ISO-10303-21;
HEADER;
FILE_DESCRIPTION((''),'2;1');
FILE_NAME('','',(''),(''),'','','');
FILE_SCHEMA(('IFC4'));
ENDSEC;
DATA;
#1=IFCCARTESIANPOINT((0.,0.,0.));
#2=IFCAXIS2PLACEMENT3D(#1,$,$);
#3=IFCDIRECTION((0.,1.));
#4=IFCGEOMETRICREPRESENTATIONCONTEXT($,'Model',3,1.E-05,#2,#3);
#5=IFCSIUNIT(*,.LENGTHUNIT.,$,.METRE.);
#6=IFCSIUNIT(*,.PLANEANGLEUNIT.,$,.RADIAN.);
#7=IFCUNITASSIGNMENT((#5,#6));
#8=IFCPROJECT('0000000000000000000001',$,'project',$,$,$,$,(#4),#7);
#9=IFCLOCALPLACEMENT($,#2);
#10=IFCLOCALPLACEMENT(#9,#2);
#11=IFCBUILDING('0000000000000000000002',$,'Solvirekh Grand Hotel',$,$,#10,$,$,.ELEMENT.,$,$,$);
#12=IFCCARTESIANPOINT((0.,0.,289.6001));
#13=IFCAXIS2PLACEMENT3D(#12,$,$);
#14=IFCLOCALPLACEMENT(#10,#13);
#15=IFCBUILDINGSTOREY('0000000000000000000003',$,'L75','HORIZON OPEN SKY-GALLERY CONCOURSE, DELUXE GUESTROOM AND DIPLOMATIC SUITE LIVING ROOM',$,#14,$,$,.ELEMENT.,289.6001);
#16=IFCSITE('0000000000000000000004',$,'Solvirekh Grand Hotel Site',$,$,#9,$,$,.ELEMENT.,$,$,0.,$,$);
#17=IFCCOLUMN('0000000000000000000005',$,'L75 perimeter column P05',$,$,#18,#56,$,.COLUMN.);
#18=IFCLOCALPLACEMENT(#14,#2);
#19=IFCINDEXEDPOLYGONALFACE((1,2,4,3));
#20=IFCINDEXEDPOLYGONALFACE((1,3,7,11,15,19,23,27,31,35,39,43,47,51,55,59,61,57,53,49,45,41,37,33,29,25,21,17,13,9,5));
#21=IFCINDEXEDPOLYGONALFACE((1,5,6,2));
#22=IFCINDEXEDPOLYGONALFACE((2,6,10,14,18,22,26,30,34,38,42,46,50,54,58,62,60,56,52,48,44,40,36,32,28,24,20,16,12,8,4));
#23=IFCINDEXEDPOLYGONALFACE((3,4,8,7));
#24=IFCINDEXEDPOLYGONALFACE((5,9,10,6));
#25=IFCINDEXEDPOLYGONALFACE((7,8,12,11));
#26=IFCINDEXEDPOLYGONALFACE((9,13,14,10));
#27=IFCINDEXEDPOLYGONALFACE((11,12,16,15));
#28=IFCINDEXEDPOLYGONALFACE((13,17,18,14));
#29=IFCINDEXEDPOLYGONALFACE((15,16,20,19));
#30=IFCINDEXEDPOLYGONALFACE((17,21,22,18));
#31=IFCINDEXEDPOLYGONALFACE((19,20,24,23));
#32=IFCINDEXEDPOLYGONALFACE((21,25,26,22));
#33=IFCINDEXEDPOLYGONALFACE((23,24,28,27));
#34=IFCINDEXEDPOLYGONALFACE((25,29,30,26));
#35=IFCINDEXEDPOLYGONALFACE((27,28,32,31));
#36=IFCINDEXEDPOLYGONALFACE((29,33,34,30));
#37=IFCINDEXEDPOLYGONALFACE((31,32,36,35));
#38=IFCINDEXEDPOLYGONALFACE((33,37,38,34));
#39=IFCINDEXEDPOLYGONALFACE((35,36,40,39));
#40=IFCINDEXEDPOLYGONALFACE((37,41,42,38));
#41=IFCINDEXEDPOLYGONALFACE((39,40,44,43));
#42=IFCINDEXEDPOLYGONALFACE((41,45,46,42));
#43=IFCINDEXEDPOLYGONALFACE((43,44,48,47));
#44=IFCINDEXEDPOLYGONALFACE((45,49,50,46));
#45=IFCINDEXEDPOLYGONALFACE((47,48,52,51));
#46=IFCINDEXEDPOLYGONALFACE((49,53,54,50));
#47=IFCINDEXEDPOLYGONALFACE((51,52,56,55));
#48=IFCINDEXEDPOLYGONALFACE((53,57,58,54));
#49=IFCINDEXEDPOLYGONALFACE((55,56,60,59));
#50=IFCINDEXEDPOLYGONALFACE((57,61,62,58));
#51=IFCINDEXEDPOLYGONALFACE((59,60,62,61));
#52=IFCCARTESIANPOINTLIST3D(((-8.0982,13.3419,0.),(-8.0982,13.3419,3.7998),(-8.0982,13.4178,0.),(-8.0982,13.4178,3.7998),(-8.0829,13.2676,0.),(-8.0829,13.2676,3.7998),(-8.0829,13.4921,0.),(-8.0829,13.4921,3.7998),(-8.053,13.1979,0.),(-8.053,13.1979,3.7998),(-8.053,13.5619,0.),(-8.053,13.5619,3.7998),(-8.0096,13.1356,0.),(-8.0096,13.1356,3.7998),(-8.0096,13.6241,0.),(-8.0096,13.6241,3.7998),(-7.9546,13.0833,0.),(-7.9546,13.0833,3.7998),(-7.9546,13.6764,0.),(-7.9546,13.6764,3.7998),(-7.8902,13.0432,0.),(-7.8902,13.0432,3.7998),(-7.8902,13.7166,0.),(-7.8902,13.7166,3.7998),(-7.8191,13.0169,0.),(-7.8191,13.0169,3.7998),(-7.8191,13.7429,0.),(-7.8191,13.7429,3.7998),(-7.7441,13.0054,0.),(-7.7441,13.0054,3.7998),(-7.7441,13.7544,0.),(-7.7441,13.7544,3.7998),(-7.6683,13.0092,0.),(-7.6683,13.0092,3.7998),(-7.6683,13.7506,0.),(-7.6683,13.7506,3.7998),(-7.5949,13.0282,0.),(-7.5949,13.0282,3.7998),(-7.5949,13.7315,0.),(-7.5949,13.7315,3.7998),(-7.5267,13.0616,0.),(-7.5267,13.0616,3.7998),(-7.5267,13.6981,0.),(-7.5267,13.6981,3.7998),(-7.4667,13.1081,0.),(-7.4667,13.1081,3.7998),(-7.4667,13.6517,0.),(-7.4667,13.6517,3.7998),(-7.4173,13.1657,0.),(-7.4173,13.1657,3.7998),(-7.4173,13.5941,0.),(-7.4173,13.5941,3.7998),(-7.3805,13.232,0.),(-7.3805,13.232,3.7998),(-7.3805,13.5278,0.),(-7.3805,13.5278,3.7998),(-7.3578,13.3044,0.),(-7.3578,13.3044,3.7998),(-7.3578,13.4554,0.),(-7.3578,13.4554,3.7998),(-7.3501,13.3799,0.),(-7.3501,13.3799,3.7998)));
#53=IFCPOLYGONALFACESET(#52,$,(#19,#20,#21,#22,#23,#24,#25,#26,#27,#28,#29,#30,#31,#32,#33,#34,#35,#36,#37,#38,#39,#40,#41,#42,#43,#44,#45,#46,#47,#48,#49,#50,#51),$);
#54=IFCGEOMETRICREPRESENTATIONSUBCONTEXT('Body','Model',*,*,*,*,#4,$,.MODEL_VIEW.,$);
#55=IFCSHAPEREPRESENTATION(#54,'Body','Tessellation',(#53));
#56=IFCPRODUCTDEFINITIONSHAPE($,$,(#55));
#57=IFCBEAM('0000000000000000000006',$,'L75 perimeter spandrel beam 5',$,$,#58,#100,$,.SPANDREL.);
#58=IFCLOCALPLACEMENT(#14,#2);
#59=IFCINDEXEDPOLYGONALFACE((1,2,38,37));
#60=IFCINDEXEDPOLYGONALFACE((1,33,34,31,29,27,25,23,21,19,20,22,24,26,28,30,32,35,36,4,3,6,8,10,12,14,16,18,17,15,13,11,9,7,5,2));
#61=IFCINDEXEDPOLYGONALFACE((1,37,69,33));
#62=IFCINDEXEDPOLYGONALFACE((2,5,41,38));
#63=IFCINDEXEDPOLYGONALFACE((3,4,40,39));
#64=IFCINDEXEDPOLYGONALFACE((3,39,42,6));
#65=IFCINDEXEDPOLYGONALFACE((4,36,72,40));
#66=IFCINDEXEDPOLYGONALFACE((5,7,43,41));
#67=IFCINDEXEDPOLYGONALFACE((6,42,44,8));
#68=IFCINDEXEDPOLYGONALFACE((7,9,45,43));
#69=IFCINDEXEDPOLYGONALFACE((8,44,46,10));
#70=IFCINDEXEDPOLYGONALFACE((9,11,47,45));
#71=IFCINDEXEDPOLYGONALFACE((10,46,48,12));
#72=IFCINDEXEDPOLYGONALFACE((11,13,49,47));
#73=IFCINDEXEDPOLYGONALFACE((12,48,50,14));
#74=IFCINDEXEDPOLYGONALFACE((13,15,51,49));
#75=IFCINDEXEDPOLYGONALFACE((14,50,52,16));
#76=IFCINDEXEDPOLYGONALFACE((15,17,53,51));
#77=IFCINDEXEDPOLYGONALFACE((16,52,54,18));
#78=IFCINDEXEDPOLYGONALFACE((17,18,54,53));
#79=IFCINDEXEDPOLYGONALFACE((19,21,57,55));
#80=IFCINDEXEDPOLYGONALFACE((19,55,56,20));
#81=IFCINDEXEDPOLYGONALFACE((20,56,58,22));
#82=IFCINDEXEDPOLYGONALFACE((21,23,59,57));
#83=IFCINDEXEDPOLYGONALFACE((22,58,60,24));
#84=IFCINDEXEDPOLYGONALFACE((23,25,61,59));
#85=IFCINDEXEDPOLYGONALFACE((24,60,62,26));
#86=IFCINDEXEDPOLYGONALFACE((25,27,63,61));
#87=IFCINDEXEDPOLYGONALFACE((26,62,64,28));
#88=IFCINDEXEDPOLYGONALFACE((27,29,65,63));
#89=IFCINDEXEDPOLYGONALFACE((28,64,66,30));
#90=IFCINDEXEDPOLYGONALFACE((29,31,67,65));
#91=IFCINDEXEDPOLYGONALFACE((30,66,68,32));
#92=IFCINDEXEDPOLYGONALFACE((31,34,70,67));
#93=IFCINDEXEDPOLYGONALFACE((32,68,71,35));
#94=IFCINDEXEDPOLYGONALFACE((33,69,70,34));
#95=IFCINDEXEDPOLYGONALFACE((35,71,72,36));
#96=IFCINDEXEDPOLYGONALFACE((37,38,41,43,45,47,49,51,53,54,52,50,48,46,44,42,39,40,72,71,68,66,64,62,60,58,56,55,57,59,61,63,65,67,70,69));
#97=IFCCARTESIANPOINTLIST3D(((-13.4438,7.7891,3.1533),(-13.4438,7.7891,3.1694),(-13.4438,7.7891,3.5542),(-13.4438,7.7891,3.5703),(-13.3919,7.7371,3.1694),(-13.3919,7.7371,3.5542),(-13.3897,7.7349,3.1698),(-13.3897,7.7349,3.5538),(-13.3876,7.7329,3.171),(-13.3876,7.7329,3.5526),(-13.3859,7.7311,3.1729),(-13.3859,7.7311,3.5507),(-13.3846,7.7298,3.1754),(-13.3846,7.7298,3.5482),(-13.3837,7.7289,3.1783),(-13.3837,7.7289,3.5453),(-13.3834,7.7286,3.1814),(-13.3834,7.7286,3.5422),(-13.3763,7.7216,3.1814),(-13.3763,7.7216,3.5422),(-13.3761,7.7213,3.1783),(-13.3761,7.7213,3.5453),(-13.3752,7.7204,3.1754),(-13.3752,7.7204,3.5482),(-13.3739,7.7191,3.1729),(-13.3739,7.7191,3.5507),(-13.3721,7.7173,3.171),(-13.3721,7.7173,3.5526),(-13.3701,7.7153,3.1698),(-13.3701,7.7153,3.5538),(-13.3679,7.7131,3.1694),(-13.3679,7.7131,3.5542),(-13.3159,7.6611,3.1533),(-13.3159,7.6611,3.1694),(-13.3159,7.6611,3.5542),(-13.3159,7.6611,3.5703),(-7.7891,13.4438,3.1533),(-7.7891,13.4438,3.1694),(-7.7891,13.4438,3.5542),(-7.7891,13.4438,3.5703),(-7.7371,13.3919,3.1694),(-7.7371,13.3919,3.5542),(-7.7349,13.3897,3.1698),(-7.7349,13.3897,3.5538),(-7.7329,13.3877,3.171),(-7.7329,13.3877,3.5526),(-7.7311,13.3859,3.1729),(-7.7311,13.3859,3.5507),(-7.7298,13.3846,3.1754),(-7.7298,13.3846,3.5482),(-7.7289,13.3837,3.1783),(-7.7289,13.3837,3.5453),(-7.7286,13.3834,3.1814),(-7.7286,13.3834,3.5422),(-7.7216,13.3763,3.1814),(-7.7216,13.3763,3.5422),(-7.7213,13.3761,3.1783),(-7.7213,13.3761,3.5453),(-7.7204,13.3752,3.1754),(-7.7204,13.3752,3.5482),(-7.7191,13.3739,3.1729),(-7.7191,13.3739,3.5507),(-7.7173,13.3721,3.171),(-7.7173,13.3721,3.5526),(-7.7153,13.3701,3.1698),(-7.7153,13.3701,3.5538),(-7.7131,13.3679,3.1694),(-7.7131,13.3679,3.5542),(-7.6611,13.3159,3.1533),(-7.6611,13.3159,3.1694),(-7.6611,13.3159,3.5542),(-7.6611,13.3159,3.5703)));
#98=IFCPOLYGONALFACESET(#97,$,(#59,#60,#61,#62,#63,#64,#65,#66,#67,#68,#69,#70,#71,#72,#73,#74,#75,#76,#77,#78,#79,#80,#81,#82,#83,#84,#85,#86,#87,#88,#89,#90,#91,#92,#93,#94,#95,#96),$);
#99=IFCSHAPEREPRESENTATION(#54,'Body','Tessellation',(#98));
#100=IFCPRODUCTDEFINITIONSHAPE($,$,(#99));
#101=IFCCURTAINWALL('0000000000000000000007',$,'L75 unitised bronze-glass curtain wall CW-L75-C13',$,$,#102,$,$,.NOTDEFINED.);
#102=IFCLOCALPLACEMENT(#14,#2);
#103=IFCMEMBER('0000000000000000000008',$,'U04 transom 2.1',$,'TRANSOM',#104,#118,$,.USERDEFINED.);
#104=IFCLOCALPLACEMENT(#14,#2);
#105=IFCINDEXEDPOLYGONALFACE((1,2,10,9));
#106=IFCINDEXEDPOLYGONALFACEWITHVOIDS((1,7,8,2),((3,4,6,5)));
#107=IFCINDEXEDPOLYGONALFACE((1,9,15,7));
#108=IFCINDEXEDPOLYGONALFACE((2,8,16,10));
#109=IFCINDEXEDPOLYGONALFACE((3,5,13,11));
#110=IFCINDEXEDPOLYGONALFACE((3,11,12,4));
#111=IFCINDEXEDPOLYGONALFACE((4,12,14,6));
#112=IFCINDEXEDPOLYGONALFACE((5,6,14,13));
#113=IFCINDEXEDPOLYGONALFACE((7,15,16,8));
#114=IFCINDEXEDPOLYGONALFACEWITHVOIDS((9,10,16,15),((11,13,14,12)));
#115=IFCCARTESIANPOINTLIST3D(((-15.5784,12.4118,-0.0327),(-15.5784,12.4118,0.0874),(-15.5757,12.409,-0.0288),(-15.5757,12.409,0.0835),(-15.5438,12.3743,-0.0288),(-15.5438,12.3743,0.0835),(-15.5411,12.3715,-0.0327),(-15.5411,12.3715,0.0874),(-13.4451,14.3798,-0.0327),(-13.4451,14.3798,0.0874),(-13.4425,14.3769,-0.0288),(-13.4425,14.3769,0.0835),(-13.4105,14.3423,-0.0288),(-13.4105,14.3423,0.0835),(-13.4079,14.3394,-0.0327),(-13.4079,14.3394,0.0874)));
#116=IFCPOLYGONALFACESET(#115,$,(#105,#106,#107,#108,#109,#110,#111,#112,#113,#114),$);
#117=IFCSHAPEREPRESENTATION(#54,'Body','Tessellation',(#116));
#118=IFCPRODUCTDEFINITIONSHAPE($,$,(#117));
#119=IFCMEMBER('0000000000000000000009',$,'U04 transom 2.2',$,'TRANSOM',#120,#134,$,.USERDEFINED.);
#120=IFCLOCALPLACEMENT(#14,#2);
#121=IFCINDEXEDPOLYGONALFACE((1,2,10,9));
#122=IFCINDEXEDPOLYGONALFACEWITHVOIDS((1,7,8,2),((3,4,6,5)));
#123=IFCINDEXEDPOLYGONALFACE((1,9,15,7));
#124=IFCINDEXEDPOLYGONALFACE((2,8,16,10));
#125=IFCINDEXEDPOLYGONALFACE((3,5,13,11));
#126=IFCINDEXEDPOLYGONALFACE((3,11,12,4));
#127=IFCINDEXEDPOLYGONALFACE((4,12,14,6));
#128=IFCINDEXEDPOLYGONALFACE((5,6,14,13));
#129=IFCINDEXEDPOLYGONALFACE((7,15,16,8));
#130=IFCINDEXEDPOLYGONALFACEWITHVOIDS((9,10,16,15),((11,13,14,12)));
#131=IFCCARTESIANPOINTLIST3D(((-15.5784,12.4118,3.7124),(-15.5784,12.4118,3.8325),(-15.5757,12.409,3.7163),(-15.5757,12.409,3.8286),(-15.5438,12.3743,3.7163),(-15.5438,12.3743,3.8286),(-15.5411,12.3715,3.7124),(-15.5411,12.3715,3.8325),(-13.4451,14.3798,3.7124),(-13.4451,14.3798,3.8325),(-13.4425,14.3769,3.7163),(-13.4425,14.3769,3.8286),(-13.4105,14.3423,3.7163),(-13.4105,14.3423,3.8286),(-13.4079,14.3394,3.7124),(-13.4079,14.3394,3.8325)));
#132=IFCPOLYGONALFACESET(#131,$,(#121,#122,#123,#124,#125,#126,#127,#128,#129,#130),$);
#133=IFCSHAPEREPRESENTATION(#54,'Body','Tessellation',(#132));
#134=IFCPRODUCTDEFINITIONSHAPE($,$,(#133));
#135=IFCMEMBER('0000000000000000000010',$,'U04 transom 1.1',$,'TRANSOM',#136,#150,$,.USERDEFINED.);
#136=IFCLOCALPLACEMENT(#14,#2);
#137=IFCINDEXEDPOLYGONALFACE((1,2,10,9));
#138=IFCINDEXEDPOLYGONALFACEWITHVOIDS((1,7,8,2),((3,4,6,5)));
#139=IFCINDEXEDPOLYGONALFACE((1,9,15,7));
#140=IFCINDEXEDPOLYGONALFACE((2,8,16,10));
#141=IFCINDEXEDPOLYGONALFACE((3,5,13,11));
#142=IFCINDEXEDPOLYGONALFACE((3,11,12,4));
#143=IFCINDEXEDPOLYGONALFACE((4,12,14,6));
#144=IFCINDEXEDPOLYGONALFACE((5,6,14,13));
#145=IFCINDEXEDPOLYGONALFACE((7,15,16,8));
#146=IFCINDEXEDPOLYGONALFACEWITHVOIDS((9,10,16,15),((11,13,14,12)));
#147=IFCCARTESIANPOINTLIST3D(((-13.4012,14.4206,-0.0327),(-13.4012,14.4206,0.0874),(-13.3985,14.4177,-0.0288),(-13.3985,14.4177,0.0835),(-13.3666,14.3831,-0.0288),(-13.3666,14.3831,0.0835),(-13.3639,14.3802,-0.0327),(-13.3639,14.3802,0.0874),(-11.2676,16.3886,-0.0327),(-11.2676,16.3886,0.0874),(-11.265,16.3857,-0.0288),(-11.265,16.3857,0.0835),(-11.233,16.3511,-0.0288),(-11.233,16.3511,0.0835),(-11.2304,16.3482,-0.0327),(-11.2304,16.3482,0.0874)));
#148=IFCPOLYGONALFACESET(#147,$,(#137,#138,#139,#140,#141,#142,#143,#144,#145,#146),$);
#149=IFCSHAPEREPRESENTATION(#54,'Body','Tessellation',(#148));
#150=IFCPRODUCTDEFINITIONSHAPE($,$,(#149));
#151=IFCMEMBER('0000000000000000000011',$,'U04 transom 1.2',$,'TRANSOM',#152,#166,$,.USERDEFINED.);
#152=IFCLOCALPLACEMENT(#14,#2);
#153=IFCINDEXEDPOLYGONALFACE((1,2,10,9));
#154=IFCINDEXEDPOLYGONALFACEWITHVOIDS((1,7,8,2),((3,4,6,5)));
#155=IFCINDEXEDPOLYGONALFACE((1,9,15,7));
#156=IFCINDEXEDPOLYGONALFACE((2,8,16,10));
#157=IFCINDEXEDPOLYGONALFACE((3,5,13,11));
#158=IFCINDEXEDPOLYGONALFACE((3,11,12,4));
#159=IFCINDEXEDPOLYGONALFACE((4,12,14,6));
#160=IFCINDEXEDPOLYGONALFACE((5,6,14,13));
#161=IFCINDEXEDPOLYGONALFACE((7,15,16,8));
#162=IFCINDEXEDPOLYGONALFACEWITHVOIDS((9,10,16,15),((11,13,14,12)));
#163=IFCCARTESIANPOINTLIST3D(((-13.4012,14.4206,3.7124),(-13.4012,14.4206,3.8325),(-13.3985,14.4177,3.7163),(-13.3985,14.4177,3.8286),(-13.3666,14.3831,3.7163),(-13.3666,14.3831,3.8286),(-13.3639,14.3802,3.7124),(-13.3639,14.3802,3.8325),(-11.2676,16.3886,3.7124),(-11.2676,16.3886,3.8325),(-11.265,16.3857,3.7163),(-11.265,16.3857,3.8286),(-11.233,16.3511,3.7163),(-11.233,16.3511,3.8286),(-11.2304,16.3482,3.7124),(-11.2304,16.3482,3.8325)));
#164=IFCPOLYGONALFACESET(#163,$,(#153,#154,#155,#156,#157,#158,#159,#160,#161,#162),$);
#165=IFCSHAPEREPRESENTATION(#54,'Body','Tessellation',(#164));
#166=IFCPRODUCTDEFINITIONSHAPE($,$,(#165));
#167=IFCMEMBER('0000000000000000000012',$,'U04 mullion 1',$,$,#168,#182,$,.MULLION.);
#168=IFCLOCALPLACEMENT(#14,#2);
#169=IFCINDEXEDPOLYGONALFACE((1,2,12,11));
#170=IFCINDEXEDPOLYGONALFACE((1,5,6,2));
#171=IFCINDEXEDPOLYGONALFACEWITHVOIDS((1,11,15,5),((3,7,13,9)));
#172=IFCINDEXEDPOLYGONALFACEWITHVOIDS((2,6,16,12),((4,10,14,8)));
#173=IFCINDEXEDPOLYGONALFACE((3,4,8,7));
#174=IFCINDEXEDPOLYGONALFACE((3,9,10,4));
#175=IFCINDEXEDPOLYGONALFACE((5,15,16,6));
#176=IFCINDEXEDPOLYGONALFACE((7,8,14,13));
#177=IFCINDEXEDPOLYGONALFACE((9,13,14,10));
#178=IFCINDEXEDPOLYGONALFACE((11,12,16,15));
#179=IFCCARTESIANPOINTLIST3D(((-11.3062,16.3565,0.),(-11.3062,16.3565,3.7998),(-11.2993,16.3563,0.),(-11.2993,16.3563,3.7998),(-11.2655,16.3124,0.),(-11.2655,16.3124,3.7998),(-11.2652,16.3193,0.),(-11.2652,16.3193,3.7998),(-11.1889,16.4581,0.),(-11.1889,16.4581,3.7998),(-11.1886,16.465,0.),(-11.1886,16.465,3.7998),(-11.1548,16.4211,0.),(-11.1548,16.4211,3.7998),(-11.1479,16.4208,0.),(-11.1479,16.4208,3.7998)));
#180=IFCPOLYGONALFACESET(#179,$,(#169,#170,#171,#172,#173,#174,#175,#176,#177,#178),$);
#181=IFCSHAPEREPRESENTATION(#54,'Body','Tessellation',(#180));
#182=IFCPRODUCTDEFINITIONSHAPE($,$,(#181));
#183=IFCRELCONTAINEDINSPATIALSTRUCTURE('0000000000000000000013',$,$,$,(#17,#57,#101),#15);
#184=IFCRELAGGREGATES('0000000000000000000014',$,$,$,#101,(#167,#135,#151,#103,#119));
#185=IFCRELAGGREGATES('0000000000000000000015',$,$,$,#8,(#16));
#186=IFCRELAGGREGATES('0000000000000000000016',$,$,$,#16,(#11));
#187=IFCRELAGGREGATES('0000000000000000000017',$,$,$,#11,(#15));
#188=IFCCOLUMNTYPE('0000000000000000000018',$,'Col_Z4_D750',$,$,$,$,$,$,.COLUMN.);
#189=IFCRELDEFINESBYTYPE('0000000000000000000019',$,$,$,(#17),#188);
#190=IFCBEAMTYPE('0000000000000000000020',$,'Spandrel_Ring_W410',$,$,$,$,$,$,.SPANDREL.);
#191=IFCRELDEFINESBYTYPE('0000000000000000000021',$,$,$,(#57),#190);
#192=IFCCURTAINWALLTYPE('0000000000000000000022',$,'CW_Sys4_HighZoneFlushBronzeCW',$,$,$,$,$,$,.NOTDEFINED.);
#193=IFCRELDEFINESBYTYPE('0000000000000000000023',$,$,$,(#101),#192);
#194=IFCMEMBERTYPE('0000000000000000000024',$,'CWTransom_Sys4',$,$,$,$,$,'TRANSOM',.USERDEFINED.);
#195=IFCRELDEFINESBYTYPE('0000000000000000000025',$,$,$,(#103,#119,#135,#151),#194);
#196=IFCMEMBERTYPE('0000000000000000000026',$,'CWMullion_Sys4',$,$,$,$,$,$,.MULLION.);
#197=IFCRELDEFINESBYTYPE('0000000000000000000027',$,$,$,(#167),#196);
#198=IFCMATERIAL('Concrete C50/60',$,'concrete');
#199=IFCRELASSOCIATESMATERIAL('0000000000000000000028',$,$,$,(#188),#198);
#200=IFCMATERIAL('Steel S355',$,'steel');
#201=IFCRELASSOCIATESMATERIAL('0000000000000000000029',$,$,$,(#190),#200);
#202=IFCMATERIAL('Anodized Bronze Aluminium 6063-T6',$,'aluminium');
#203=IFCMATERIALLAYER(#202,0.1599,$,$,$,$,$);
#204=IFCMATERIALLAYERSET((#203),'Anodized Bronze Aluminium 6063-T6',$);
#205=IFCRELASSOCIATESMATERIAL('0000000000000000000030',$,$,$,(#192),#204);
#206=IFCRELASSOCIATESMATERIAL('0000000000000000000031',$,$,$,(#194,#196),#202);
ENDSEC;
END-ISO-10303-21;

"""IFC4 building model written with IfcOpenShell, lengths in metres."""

from ifc_helpers import new_model, si_unit, direction, frame, origin, origin_2d, place, context, subcontext, project, spatial, hollow_rectangle, circle, i_section, extrude, source, transform, mapped, material, layer, layer_set, material_profile, profile_set, type_object, element, aggregate, save


model = new_model("IFC4")

# Units and contexts
model_context = context("Model", 3, precision=1e-05, world=origin(), true_north=direction((0.0, 1.0)))
body_context = subcontext(model_context, "Body", "Model", "MODEL_VIEW")
ifc_project = project(units=[si_unit("LENGTHUNIT", "METRE"), si_unit("PLANEANGLEUNIT", "RADIAN")], contexts=[model_context])

# Site, building, storey
site_placement = place(None, origin())
site = spatial("IfcSite", under=ifc_project, at=site_placement, Name="Solvirekh Grand Hotel Site", CompositionType="ELEMENT", RefElevation=0.0)
building_placement = place(site_placement, origin())
building = spatial("IfcBuilding", under=site, at=building_placement, Name="Solvirekh Grand Hotel", CompositionType="ELEMENT")
storey_placement = place(building_placement, frame((0.0, 0.0, 289.6001)))
storey = spatial("IfcBuildingStorey", under=building, at=storey_placement, Name="L75", Description="HORIZON OPEN SKY-GALLERY CONCOURSE, DELUXE GUESTROOM AND DIPLOMATIC SUITE LIVING ROOM", CompositionType="ELEMENT", Elevation=289.6001)

# Column
ifc_material_1 = material(Name="Concrete C50/60", Category="concrete")
ifc_material_profile_1 = material_profile(ifc_material_1, circle(Radius=0.375, at=origin_2d()), Name="RC CIRC D750")
ifc_profile_set_1 = profile_set([ifc_material_profile_1], Name="Concrete C50/60")
column_type = type_object("IfcColumnType", Name="Col_Z4_D750", PredefinedType="COLUMN", material=ifc_profile_set_1)
column_placement = place(storey_placement, frame((-7.7251, 13.3799, 0.0), z_axis=(0.0, 0.0, 1.0), x_axis=(1.0, 0.0, 0.0)))
element("IfcColumn", 1, at=column_placement, inside=storey, type_object=column_type, Name="L75 perimeter column P05", PredefinedType="COLUMN", context=body_context, shape_type="SweptSolid", body=[
    extrude(circle(Radius=0.375, at=origin_2d()), origin(), (0.0, 0.0, 1.0), 3.7998),
])

# Beam
ifc_material_2 = material(Name="Steel S355", Category="steel")
ifc_material_profile_2 = material_profile(ifc_material_2, i_section(OverallWidth=0.1809, OverallDepth=0.417, WebThickness=0.01, FlangeThickness=0.0161, FilletRadius=0.012, at=origin_2d()), Name="W410X85")
ifc_profile_set_2 = profile_set([ifc_material_profile_2], Name="Steel S355")
beam_type = type_object("IfcBeamType", Name="Spandrel_Ring_W410", PredefinedType="SPANDREL", material=ifc_profile_set_2)
beam_placement = place(storey_placement, frame((-7.7251, 13.3799, 3.3618), z_axis=(-0.707107, -0.707107, 0.0), x_axis=(0.707107, -0.707107, 0.0)))
element("IfcBeam", 2, at=beam_placement, inside=storey, type_object=beam_type, Name="L75 perimeter spandrel beam 5", PredefinedType="SPANDREL", context=body_context, shape_type="SweptSolid", body=[
    extrude(i_section(OverallWidth=0.1809, OverallDepth=0.417, WebThickness=0.01, FlangeThickness=0.0161, FilletRadius=0.012, at=origin_2d()), origin(), (0.0, 0.0, 1.0), 7.9971),
])

# Curtain wall, members
ifc_material_3 = material(Name="Anodized Bronze Aluminium 6063-T6", Category="aluminium")
ifc_layer_1 = layer(ifc_material_3, 0.1599)
ifc_layer_set_1 = layer_set([ifc_layer_1], Name="Anodized Bronze Aluminium 6063-T6")
curtain_wall_type = type_object("IfcCurtainWallType", Name="CW_Sys4_HighZoneFlushBronzeCW", PredefinedType="NOTDEFINED", material=ifc_layer_set_1)
curtain_wall_placement = place(storey_placement, origin())
curtain_wall = element("IfcCurtainWall", 3, at=curtain_wall_placement, inside=storey, type_object=curtain_wall_type, Name="L75 unitised bronze-glass curtain wall CW-L75-C13", PredefinedType="NOTDEFINED")
ifc_material_profile_3 = material_profile(ifc_material_3, hollow_rectangle(XDim=0.0549, YDim=0.1201, WallThickness=0.0039, at=origin_2d()), Name="ALU RHS 120X55X4")
ifc_profile_set_3 = profile_set([ifc_material_profile_3], Name="Anodized Bronze Aluminium 6063-T6")
member_type_1 = type_object("IfcMemberType", Name="CWTransom_Sys4", ElementType="TRANSOM", PredefinedType="USERDEFINED", material=ifc_profile_set_3)
shared_shape_1 = source(origin(), body_context, "Body", "SweptSolid", [
    extrude(hollow_rectangle(XDim=0.0549, YDim=0.1201, WallThickness=0.0039, at=origin_2d()), origin(), (0.0, 0.0, 1.0), 2.9023),
])
member_1_placement = place(storey_placement, frame((-13.4265, 14.3596, 0.0273), z_axis=(-0.735007, -0.67806, 0.0), x_axis=(0.67806, -0.735007, 0.0)))
member_1 = element("IfcMember", 4, at=member_1_placement, type_object=member_type_1, Name="U04 transom 2.1", ObjectType="TRANSOM", PredefinedType="USERDEFINED", context=body_context, shape_type="MappedRepresentation", body=[
    mapped(shared_shape_1, transform((0.0, 0.0, 0.0), x_axis=(1.0, 0.0, 0.0), y_axis=(0.0, 1.0, 0.0), z_axis=(0.0, 0.0, 1.0), scale=1.0)),
])
member_2_placement = place(storey_placement, frame((-13.4265, 14.3596, 3.7725), z_axis=(-0.735007, -0.67806, 0.0), x_axis=(0.67806, -0.735007, 0.0)))
member_2 = element("IfcMember", 5, at=member_2_placement, type_object=member_type_1, Name="U04 transom 2.2", ObjectType="TRANSOM", PredefinedType="USERDEFINED", context=body_context, shape_type="MappedRepresentation", body=[
    mapped(shared_shape_1, transform((0.0, 0.0, 0.0), x_axis=(1.0, 0.0, 0.0), y_axis=(0.0, 1.0, 0.0), z_axis=(0.0, 0.0, 1.0), scale=1.0)),
])
shared_shape_2 = source(origin(), body_context, "Body", "SweptSolid", [
    extrude(hollow_rectangle(XDim=0.0549, YDim=0.1201, WallThickness=0.0039, at=origin_2d()), origin(), (0.0, 0.0, 1.0), 2.9026),
])
member_3_placement = place(storey_placement, frame((-11.249, 16.3684, 0.0273), z_axis=(-0.735045, -0.678018, 0.0), x_axis=(0.678018, -0.735045, 0.0)))
member_3 = element("IfcMember", 6, at=member_3_placement, type_object=member_type_1, Name="U04 transom 1.1", ObjectType="TRANSOM", PredefinedType="USERDEFINED", context=body_context, shape_type="MappedRepresentation", body=[
    mapped(shared_shape_2, transform((0.0, 0.0, 0.0), x_axis=(1.0, 0.0, 0.0), y_axis=(0.0, 1.0, 0.0), z_axis=(0.0, 0.0, 1.0), scale=1.0)),
])
member_4_placement = place(storey_placement, frame((-11.249, 16.3684, 3.7725), z_axis=(-0.735045, -0.678018, 0.0), x_axis=(0.678018, -0.735045, 0.0)))
member_4 = element("IfcMember", 7, at=member_4_placement, type_object=member_type_1, Name="U04 transom 1.2", ObjectType="TRANSOM", PredefinedType="USERDEFINED", context=body_context, shape_type="MappedRepresentation", body=[
    mapped(shared_shape_2, transform((0.0, 0.0, 0.0), x_axis=(1.0, 0.0, 0.0), y_axis=(0.0, 1.0, 0.0), z_axis=(0.0, 0.0, 1.0), scale=1.0)),
])
ifc_material_profile_4 = material_profile(ifc_material_3, hollow_rectangle(XDim=0.0601, YDim=0.1599, WallThickness=0.0049, at=origin_2d()), Name="ALU RHS 160X60X5")
ifc_profile_set_4 = profile_set([ifc_material_profile_4], Name="Anodized Bronze Aluminium 6063-T6")
member_type_2 = type_object("IfcMemberType", Name="CWMullion_Sys4", PredefinedType="MULLION", material=ifc_profile_set_4)
shared_shape_3 = source(origin(), body_context, "Body", "SweptSolid", [
    extrude(hollow_rectangle(XDim=0.0601, YDim=0.1599, WallThickness=0.0049, at=origin_2d()), origin(), (0.0, 0.0, 1.0), 3.7998),
])
member_5_placement = place(storey_placement, frame((-11.2271, 16.3887, 0.0), z_axis=(0.0, 0.0, 1.0), x_axis=(0.678044, -0.735021, 0.0)))
member_5 = element("IfcMember", 8, at=member_5_placement, type_object=member_type_2, Name="U04 mullion 1", PredefinedType="MULLION", context=body_context, shape_type="MappedRepresentation", body=[
    mapped(shared_shape_3, transform((0.0, 0.0, 0.0), x_axis=(1.0, 0.0, 0.0), y_axis=(0.0, 1.0, 0.0), z_axis=(0.0, 0.0, 1.0), scale=1.0)),
])
aggregate(curtain_wall, [member_5, member_3, member_4, member_1, member_2])

save(model, "model.ifc")
